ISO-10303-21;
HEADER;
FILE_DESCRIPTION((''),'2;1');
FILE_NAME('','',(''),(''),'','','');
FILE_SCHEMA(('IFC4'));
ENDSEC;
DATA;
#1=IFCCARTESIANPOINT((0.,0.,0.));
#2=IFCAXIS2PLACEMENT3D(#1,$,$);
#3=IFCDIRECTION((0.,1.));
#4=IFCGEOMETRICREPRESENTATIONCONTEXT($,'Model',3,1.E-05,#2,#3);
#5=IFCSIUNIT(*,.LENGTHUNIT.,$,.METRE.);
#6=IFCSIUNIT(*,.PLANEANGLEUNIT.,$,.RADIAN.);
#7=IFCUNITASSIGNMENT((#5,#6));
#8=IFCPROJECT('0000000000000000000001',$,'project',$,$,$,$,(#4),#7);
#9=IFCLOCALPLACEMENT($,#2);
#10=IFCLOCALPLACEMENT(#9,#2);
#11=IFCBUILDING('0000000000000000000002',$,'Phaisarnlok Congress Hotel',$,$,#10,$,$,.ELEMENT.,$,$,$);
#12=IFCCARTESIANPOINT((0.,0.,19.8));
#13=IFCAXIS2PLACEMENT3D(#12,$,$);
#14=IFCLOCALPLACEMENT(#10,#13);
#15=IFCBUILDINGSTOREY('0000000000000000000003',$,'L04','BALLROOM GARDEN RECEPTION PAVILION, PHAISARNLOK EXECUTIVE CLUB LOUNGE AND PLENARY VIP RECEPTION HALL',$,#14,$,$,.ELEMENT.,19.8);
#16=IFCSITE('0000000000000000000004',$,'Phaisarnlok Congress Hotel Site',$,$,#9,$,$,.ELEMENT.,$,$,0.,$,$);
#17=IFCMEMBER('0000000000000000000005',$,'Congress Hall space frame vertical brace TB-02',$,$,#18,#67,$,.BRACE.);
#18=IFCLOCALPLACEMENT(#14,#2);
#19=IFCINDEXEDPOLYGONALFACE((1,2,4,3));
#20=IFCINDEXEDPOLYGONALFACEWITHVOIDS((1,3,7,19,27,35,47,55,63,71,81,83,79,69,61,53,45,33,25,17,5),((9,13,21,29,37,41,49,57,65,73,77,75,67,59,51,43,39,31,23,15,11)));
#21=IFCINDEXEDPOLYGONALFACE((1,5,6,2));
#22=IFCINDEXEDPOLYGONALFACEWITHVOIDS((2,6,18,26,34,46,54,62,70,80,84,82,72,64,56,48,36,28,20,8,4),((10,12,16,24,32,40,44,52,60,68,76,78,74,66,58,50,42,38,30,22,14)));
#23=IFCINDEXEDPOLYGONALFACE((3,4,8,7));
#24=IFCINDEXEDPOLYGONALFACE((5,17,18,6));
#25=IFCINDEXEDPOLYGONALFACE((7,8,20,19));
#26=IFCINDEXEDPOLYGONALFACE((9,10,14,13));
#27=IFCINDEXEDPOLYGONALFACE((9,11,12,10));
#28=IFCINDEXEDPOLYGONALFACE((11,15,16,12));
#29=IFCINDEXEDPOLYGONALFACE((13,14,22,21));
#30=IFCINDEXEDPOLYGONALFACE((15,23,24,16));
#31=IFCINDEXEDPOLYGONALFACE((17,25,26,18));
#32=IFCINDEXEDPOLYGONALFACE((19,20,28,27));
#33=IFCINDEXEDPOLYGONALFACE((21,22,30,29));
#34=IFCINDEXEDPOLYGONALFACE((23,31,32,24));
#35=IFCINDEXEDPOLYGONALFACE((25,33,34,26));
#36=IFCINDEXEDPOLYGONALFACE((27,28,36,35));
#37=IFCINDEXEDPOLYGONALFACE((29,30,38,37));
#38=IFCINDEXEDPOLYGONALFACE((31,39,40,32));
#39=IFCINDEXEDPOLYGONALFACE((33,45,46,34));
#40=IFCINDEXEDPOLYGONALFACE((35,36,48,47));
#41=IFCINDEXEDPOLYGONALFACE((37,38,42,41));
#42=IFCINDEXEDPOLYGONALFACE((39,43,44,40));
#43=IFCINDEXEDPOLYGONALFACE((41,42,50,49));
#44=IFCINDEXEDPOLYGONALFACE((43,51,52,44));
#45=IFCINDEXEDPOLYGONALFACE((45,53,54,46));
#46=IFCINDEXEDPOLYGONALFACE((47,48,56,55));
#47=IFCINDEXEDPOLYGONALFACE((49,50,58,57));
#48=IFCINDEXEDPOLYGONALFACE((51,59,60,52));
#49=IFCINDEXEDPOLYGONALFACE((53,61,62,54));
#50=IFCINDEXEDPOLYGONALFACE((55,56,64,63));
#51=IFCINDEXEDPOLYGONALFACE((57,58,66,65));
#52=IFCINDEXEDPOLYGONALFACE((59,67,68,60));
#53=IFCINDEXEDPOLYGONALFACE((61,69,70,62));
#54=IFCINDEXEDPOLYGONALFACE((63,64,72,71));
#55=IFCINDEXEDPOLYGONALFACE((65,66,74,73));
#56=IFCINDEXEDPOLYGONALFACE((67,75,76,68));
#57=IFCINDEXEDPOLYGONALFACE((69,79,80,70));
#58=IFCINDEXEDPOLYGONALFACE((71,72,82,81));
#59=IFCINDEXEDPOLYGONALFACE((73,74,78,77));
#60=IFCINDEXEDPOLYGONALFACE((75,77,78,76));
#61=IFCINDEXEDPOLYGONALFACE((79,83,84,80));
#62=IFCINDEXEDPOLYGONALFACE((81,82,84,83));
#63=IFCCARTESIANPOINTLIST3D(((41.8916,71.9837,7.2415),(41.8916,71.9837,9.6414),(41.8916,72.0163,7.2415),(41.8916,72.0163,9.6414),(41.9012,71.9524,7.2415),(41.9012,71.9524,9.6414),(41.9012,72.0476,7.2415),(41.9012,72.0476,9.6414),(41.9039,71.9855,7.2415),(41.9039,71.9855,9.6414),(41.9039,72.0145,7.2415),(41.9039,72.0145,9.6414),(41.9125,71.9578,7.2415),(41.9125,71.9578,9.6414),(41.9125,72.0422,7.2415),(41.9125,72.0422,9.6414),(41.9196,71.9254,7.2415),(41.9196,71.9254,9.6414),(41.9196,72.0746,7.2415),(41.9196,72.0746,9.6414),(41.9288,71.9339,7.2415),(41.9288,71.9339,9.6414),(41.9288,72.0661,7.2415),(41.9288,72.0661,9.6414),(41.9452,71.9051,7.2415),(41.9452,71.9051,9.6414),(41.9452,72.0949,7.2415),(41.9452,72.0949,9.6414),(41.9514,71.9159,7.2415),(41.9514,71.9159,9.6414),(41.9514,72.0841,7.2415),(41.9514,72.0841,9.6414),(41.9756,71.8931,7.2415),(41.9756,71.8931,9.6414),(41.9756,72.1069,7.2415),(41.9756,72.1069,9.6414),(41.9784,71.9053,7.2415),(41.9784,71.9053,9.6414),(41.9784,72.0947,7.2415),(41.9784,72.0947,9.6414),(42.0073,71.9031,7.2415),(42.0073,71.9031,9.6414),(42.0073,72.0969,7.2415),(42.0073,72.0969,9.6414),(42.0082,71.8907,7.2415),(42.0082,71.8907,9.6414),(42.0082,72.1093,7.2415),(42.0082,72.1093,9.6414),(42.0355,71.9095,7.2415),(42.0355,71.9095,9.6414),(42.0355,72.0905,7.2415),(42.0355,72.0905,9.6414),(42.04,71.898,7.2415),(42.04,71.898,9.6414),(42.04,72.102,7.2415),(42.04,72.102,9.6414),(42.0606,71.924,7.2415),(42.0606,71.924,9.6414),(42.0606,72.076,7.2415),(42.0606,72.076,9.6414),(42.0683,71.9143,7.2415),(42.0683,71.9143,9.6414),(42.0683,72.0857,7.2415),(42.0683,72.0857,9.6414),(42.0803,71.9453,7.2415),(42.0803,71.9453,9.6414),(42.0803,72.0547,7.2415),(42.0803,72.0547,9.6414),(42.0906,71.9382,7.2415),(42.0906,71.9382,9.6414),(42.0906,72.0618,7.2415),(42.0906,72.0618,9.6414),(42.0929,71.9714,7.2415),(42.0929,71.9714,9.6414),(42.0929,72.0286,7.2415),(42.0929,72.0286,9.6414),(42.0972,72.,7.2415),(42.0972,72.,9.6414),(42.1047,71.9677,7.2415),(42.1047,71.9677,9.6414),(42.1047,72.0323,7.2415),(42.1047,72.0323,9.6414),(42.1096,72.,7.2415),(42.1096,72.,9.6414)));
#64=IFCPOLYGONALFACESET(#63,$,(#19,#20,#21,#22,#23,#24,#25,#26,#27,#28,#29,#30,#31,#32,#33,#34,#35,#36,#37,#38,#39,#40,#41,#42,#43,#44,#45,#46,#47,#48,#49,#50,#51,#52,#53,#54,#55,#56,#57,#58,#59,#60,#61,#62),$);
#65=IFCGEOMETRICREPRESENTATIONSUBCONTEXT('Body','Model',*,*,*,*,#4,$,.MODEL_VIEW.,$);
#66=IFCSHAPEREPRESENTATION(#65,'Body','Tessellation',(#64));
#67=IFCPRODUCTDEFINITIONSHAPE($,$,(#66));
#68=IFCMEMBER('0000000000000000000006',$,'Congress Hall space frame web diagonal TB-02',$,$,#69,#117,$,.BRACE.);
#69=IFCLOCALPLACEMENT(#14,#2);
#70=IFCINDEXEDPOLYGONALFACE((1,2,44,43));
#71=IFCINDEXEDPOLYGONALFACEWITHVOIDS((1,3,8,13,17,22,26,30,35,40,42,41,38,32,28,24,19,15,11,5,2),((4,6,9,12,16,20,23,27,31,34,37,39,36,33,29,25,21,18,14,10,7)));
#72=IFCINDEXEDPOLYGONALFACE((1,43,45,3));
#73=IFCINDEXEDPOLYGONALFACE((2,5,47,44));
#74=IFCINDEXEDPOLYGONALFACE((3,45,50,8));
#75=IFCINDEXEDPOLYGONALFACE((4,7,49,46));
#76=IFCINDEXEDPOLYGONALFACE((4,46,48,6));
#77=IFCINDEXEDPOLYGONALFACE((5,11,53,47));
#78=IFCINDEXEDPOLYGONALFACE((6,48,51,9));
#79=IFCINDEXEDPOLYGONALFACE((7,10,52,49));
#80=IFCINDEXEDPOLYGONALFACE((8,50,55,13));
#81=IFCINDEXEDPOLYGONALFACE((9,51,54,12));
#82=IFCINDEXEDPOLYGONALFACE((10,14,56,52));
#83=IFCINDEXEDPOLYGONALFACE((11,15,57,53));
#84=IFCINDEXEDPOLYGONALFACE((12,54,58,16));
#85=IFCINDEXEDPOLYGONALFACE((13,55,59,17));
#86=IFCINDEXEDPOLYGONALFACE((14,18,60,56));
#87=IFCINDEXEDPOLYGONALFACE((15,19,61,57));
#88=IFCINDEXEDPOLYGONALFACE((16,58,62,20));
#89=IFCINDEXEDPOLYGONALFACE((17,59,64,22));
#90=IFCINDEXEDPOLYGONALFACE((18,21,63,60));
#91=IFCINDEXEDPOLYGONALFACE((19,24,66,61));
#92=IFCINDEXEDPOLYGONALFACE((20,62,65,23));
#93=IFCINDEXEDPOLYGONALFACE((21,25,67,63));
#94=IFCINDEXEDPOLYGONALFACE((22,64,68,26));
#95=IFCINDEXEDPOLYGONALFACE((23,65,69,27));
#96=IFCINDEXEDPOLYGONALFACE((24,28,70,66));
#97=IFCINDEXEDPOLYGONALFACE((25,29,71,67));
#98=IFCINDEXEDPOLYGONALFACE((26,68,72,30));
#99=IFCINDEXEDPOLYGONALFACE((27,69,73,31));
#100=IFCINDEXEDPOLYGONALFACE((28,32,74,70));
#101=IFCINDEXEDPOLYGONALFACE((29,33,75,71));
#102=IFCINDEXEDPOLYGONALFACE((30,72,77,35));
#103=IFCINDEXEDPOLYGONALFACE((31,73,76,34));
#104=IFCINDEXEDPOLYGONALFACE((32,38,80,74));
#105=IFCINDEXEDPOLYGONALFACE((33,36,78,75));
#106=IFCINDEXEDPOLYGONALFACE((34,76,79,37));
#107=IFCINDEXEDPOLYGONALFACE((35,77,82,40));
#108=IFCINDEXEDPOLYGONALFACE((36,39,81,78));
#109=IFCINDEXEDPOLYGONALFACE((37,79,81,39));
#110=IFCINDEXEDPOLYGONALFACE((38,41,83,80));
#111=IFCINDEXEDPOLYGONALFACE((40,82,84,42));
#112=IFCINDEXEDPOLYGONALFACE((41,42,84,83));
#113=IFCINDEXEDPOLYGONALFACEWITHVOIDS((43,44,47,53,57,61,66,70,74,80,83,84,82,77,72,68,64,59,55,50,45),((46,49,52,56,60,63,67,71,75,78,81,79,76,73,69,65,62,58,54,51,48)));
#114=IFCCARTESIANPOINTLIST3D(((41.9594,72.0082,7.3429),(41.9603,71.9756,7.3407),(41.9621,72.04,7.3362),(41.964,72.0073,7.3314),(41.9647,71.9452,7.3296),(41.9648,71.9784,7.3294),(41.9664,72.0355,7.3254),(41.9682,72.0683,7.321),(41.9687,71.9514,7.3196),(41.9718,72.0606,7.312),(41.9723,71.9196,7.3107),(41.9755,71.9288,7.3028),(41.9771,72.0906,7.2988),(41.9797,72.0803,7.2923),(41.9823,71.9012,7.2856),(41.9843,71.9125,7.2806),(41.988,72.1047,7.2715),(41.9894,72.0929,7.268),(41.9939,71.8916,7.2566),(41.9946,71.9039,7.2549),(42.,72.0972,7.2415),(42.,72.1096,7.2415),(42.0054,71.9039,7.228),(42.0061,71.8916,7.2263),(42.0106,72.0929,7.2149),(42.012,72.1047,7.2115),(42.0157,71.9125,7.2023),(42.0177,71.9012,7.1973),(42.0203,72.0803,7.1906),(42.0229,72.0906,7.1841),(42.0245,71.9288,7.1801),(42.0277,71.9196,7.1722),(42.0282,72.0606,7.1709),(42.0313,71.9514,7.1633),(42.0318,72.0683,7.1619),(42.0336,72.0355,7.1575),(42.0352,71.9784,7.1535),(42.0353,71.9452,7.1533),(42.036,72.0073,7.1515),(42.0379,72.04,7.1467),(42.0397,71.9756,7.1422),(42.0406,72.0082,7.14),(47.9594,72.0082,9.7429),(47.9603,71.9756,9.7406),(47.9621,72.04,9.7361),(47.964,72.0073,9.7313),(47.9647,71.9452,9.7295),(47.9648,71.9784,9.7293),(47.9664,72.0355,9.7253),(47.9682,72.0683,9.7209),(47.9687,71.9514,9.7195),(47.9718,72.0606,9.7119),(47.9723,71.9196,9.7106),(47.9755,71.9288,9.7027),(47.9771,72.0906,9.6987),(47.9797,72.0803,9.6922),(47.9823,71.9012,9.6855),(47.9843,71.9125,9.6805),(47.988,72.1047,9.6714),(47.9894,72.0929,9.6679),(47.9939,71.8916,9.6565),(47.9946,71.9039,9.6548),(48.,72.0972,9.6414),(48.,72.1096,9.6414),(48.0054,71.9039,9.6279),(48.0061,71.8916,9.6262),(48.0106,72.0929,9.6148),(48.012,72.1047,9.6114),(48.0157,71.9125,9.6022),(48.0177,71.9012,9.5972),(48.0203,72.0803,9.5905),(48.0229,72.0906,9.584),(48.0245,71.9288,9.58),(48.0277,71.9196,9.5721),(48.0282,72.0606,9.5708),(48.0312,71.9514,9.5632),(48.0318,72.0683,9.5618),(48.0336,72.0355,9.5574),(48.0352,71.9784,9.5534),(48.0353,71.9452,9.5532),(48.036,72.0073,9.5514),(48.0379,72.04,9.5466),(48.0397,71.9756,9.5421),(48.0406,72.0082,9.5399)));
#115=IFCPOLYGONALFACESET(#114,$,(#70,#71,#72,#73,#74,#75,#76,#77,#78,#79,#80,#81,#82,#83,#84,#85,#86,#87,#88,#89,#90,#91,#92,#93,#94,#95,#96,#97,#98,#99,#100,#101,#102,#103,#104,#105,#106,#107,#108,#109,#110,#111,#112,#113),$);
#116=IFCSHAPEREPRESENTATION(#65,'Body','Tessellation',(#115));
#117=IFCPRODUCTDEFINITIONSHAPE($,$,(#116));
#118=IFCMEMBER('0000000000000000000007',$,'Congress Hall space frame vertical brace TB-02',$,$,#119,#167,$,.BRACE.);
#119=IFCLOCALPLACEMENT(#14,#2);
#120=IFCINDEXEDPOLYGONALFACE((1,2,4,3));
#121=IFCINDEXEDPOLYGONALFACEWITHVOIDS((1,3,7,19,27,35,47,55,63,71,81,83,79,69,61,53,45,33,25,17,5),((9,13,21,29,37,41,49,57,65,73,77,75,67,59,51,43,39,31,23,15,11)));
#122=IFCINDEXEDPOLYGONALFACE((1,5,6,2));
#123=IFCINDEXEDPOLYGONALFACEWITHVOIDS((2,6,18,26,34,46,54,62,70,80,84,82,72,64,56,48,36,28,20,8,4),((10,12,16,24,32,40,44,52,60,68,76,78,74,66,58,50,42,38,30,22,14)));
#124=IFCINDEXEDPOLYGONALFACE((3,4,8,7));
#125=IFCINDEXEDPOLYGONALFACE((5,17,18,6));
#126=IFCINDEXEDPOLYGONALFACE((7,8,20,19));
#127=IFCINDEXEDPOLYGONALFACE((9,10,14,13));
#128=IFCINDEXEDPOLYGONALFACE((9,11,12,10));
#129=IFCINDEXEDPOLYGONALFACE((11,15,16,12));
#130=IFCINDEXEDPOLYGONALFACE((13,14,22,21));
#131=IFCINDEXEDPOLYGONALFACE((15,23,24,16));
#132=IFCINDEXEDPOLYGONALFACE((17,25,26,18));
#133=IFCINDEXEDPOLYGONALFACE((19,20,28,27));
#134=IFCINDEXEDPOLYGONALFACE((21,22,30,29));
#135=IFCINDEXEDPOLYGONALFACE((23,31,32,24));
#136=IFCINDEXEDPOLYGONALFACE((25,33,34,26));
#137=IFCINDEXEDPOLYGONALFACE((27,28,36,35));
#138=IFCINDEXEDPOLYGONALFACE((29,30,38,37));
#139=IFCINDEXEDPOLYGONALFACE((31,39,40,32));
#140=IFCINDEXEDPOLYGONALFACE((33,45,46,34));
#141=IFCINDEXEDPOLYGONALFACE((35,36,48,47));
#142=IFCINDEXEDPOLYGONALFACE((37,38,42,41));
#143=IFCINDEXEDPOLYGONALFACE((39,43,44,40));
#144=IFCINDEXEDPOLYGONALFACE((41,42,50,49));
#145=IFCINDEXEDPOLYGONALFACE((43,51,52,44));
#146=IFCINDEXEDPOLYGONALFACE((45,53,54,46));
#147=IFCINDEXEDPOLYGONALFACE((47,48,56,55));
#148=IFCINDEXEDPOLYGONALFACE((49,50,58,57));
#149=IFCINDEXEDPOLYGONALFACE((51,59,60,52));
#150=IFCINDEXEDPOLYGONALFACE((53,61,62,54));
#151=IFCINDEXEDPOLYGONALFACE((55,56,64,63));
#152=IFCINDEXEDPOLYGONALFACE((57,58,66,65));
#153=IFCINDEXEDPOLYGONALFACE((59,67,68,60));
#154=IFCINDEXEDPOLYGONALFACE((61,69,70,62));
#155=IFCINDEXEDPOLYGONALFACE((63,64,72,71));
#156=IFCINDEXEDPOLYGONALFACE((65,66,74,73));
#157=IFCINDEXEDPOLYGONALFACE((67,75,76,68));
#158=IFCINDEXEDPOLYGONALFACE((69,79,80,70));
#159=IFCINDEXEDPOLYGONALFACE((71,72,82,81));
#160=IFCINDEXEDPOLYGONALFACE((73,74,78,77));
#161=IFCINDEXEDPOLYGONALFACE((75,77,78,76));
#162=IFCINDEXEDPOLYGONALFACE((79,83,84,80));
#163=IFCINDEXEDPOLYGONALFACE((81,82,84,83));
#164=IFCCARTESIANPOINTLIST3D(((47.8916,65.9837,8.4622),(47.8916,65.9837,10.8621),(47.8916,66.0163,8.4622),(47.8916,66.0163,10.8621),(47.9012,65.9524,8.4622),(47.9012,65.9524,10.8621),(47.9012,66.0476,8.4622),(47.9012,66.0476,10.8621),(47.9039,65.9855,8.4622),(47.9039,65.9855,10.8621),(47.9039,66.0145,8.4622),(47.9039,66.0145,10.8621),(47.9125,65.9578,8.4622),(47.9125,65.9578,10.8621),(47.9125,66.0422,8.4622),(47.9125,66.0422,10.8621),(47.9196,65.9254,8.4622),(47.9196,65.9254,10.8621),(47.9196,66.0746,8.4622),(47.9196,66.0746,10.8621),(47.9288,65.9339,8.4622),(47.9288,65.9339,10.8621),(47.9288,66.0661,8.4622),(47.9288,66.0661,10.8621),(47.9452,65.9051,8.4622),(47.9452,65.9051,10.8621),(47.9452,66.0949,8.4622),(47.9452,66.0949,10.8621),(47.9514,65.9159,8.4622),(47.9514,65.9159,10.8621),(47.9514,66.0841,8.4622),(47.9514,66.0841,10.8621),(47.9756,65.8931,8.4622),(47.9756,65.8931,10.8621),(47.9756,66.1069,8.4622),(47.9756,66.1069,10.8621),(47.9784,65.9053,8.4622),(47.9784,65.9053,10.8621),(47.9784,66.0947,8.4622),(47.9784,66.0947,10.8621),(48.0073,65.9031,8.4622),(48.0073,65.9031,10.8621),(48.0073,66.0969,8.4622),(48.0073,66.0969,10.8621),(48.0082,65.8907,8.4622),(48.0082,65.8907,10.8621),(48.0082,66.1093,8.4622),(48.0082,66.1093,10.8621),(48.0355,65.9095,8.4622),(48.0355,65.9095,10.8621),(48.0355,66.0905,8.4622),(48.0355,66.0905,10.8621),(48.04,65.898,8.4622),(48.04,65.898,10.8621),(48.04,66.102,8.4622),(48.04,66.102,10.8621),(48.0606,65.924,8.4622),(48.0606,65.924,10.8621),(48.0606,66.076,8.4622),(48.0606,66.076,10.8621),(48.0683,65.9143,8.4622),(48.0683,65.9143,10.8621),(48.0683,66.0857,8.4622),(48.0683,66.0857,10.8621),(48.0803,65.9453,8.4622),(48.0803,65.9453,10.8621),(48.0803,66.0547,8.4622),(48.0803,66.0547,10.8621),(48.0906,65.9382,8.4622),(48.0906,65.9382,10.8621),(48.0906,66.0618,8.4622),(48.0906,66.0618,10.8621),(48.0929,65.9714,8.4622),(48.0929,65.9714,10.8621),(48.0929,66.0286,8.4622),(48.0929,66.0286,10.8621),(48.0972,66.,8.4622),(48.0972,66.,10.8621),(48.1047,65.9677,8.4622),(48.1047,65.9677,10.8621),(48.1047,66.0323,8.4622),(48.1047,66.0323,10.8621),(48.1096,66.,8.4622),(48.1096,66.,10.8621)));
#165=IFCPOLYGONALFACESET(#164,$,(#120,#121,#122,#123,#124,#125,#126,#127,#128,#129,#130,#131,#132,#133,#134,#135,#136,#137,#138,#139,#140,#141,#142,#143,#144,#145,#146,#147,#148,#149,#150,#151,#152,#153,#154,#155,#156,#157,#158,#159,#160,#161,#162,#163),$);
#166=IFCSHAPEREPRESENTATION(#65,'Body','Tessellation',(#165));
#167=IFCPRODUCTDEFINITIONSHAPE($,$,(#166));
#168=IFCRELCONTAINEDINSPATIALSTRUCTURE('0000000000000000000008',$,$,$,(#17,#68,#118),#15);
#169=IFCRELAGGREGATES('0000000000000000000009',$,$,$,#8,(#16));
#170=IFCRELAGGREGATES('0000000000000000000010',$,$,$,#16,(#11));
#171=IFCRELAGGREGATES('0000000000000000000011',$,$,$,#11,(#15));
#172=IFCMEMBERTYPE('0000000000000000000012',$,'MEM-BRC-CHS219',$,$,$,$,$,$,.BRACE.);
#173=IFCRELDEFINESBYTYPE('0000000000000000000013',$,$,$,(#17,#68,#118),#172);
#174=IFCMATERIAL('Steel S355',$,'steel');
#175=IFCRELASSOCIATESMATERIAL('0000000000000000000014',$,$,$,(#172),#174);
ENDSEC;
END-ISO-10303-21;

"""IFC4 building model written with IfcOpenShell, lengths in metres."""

from ifc_helpers import new_model, si_unit, direction, frame, origin, origin_2d, place, context, subcontext, project, spatial, hollow_circle, extrude, material, material_profile, profile_set, type_object, element, save


model = new_model("IFC4")

# Units and contexts
model_context = context("Model", 3, precision=1e-05, world=origin(), true_north=direction((0.0, 1.0)))
body_context = subcontext(model_context, "Body", "Model", "MODEL_VIEW")
ifc_project = project(units=[si_unit("LENGTHUNIT", "METRE"), si_unit("PLANEANGLEUNIT", "RADIAN")], contexts=[model_context])

# Site, building, storey
site_placement = place(None, origin())
site = spatial("IfcSite", under=ifc_project, at=site_placement, Name="Phaisarnlok Congress Hotel Site", CompositionType="ELEMENT", RefElevation=0.0)
building_placement = place(site_placement, origin())
building = spatial("IfcBuilding", under=site, at=building_placement, Name="Phaisarnlok Congress Hotel", CompositionType="ELEMENT")
storey_placement = place(building_placement, frame((0.0, 0.0, 19.8)))
storey = spatial("IfcBuildingStorey", under=building, at=storey_placement, Name="L04", Description="BALLROOM GARDEN RECEPTION PAVILION, PHAISARNLOK EXECUTIVE CLUB LOUNGE AND PLENARY VIP RECEPTION HALL", CompositionType="ELEMENT", Elevation=19.8)

# Members
ifc_material = material(Name="Steel S355", Category="steel")
ifc_material_profile_1 = material_profile(ifc_material, hollow_circle(Radius=0.1096, WallThickness=0.0125, at=origin_2d()), Name="CHS 219.1x12.5")
ifc_profile_set_1 = profile_set([ifc_material_profile_1], Name="Steel S355")
member_type_1 = type_object("IfcMemberType", Name="MEM-BRC-CHS219", PredefinedType="BRACE", material=ifc_profile_set_1)
member_1_placement = place(storey_placement, frame((42.0, 72.0, 7.2415), z_axis=(0.0, 0.0, 1.0), x_axis=(1.0, 0.0, 0.0)))
element("IfcMember", 1, at=member_1_placement, inside=storey, type_object=member_type_1, Name="Congress Hall space frame vertical brace TB-02", PredefinedType="BRACE", context=body_context, shape_type="SweptSolid", body=[
    extrude(hollow_circle(Radius=0.1096, WallThickness=0.0125, at=origin_2d()), origin(), (0.0, 0.0, 1.0), 2.3999),
])
member_2_placement = place(storey_placement, frame((42.0, 72.0, 7.2415), z_axis=(0.928482, 0.0, 0.371378), x_axis=(0.0, 1.0, 0.0)))
element("IfcMember", 2, at=member_2_placement, inside=storey, type_object=member_type_1, Name="Congress Hall space frame web diagonal TB-02", PredefinedType="BRACE", context=body_context, shape_type="SweptSolid", body=[
    extrude(hollow_circle(Radius=0.1096, WallThickness=0.0125, at=origin_2d()), origin(), (0.0, 0.0, 1.0), 6.4622),
])
member_3_placement = place(storey_placement, frame((48.0, 66.0, 8.4622), z_axis=(0.0, 0.0, 1.0), x_axis=(1.0, 0.0, 0.0)))
element("IfcMember", 3, at=member_3_placement, inside=storey, type_object=member_type_1, Name="Congress Hall space frame vertical brace TB-02", PredefinedType="BRACE", context=body_context, shape_type="SweptSolid", body=[
    extrude(hollow_circle(Radius=0.1096, WallThickness=0.0125, at=origin_2d()), origin(), (0.0, 0.0, 1.0), 2.3999),
])

save(model, "model.ifc")
